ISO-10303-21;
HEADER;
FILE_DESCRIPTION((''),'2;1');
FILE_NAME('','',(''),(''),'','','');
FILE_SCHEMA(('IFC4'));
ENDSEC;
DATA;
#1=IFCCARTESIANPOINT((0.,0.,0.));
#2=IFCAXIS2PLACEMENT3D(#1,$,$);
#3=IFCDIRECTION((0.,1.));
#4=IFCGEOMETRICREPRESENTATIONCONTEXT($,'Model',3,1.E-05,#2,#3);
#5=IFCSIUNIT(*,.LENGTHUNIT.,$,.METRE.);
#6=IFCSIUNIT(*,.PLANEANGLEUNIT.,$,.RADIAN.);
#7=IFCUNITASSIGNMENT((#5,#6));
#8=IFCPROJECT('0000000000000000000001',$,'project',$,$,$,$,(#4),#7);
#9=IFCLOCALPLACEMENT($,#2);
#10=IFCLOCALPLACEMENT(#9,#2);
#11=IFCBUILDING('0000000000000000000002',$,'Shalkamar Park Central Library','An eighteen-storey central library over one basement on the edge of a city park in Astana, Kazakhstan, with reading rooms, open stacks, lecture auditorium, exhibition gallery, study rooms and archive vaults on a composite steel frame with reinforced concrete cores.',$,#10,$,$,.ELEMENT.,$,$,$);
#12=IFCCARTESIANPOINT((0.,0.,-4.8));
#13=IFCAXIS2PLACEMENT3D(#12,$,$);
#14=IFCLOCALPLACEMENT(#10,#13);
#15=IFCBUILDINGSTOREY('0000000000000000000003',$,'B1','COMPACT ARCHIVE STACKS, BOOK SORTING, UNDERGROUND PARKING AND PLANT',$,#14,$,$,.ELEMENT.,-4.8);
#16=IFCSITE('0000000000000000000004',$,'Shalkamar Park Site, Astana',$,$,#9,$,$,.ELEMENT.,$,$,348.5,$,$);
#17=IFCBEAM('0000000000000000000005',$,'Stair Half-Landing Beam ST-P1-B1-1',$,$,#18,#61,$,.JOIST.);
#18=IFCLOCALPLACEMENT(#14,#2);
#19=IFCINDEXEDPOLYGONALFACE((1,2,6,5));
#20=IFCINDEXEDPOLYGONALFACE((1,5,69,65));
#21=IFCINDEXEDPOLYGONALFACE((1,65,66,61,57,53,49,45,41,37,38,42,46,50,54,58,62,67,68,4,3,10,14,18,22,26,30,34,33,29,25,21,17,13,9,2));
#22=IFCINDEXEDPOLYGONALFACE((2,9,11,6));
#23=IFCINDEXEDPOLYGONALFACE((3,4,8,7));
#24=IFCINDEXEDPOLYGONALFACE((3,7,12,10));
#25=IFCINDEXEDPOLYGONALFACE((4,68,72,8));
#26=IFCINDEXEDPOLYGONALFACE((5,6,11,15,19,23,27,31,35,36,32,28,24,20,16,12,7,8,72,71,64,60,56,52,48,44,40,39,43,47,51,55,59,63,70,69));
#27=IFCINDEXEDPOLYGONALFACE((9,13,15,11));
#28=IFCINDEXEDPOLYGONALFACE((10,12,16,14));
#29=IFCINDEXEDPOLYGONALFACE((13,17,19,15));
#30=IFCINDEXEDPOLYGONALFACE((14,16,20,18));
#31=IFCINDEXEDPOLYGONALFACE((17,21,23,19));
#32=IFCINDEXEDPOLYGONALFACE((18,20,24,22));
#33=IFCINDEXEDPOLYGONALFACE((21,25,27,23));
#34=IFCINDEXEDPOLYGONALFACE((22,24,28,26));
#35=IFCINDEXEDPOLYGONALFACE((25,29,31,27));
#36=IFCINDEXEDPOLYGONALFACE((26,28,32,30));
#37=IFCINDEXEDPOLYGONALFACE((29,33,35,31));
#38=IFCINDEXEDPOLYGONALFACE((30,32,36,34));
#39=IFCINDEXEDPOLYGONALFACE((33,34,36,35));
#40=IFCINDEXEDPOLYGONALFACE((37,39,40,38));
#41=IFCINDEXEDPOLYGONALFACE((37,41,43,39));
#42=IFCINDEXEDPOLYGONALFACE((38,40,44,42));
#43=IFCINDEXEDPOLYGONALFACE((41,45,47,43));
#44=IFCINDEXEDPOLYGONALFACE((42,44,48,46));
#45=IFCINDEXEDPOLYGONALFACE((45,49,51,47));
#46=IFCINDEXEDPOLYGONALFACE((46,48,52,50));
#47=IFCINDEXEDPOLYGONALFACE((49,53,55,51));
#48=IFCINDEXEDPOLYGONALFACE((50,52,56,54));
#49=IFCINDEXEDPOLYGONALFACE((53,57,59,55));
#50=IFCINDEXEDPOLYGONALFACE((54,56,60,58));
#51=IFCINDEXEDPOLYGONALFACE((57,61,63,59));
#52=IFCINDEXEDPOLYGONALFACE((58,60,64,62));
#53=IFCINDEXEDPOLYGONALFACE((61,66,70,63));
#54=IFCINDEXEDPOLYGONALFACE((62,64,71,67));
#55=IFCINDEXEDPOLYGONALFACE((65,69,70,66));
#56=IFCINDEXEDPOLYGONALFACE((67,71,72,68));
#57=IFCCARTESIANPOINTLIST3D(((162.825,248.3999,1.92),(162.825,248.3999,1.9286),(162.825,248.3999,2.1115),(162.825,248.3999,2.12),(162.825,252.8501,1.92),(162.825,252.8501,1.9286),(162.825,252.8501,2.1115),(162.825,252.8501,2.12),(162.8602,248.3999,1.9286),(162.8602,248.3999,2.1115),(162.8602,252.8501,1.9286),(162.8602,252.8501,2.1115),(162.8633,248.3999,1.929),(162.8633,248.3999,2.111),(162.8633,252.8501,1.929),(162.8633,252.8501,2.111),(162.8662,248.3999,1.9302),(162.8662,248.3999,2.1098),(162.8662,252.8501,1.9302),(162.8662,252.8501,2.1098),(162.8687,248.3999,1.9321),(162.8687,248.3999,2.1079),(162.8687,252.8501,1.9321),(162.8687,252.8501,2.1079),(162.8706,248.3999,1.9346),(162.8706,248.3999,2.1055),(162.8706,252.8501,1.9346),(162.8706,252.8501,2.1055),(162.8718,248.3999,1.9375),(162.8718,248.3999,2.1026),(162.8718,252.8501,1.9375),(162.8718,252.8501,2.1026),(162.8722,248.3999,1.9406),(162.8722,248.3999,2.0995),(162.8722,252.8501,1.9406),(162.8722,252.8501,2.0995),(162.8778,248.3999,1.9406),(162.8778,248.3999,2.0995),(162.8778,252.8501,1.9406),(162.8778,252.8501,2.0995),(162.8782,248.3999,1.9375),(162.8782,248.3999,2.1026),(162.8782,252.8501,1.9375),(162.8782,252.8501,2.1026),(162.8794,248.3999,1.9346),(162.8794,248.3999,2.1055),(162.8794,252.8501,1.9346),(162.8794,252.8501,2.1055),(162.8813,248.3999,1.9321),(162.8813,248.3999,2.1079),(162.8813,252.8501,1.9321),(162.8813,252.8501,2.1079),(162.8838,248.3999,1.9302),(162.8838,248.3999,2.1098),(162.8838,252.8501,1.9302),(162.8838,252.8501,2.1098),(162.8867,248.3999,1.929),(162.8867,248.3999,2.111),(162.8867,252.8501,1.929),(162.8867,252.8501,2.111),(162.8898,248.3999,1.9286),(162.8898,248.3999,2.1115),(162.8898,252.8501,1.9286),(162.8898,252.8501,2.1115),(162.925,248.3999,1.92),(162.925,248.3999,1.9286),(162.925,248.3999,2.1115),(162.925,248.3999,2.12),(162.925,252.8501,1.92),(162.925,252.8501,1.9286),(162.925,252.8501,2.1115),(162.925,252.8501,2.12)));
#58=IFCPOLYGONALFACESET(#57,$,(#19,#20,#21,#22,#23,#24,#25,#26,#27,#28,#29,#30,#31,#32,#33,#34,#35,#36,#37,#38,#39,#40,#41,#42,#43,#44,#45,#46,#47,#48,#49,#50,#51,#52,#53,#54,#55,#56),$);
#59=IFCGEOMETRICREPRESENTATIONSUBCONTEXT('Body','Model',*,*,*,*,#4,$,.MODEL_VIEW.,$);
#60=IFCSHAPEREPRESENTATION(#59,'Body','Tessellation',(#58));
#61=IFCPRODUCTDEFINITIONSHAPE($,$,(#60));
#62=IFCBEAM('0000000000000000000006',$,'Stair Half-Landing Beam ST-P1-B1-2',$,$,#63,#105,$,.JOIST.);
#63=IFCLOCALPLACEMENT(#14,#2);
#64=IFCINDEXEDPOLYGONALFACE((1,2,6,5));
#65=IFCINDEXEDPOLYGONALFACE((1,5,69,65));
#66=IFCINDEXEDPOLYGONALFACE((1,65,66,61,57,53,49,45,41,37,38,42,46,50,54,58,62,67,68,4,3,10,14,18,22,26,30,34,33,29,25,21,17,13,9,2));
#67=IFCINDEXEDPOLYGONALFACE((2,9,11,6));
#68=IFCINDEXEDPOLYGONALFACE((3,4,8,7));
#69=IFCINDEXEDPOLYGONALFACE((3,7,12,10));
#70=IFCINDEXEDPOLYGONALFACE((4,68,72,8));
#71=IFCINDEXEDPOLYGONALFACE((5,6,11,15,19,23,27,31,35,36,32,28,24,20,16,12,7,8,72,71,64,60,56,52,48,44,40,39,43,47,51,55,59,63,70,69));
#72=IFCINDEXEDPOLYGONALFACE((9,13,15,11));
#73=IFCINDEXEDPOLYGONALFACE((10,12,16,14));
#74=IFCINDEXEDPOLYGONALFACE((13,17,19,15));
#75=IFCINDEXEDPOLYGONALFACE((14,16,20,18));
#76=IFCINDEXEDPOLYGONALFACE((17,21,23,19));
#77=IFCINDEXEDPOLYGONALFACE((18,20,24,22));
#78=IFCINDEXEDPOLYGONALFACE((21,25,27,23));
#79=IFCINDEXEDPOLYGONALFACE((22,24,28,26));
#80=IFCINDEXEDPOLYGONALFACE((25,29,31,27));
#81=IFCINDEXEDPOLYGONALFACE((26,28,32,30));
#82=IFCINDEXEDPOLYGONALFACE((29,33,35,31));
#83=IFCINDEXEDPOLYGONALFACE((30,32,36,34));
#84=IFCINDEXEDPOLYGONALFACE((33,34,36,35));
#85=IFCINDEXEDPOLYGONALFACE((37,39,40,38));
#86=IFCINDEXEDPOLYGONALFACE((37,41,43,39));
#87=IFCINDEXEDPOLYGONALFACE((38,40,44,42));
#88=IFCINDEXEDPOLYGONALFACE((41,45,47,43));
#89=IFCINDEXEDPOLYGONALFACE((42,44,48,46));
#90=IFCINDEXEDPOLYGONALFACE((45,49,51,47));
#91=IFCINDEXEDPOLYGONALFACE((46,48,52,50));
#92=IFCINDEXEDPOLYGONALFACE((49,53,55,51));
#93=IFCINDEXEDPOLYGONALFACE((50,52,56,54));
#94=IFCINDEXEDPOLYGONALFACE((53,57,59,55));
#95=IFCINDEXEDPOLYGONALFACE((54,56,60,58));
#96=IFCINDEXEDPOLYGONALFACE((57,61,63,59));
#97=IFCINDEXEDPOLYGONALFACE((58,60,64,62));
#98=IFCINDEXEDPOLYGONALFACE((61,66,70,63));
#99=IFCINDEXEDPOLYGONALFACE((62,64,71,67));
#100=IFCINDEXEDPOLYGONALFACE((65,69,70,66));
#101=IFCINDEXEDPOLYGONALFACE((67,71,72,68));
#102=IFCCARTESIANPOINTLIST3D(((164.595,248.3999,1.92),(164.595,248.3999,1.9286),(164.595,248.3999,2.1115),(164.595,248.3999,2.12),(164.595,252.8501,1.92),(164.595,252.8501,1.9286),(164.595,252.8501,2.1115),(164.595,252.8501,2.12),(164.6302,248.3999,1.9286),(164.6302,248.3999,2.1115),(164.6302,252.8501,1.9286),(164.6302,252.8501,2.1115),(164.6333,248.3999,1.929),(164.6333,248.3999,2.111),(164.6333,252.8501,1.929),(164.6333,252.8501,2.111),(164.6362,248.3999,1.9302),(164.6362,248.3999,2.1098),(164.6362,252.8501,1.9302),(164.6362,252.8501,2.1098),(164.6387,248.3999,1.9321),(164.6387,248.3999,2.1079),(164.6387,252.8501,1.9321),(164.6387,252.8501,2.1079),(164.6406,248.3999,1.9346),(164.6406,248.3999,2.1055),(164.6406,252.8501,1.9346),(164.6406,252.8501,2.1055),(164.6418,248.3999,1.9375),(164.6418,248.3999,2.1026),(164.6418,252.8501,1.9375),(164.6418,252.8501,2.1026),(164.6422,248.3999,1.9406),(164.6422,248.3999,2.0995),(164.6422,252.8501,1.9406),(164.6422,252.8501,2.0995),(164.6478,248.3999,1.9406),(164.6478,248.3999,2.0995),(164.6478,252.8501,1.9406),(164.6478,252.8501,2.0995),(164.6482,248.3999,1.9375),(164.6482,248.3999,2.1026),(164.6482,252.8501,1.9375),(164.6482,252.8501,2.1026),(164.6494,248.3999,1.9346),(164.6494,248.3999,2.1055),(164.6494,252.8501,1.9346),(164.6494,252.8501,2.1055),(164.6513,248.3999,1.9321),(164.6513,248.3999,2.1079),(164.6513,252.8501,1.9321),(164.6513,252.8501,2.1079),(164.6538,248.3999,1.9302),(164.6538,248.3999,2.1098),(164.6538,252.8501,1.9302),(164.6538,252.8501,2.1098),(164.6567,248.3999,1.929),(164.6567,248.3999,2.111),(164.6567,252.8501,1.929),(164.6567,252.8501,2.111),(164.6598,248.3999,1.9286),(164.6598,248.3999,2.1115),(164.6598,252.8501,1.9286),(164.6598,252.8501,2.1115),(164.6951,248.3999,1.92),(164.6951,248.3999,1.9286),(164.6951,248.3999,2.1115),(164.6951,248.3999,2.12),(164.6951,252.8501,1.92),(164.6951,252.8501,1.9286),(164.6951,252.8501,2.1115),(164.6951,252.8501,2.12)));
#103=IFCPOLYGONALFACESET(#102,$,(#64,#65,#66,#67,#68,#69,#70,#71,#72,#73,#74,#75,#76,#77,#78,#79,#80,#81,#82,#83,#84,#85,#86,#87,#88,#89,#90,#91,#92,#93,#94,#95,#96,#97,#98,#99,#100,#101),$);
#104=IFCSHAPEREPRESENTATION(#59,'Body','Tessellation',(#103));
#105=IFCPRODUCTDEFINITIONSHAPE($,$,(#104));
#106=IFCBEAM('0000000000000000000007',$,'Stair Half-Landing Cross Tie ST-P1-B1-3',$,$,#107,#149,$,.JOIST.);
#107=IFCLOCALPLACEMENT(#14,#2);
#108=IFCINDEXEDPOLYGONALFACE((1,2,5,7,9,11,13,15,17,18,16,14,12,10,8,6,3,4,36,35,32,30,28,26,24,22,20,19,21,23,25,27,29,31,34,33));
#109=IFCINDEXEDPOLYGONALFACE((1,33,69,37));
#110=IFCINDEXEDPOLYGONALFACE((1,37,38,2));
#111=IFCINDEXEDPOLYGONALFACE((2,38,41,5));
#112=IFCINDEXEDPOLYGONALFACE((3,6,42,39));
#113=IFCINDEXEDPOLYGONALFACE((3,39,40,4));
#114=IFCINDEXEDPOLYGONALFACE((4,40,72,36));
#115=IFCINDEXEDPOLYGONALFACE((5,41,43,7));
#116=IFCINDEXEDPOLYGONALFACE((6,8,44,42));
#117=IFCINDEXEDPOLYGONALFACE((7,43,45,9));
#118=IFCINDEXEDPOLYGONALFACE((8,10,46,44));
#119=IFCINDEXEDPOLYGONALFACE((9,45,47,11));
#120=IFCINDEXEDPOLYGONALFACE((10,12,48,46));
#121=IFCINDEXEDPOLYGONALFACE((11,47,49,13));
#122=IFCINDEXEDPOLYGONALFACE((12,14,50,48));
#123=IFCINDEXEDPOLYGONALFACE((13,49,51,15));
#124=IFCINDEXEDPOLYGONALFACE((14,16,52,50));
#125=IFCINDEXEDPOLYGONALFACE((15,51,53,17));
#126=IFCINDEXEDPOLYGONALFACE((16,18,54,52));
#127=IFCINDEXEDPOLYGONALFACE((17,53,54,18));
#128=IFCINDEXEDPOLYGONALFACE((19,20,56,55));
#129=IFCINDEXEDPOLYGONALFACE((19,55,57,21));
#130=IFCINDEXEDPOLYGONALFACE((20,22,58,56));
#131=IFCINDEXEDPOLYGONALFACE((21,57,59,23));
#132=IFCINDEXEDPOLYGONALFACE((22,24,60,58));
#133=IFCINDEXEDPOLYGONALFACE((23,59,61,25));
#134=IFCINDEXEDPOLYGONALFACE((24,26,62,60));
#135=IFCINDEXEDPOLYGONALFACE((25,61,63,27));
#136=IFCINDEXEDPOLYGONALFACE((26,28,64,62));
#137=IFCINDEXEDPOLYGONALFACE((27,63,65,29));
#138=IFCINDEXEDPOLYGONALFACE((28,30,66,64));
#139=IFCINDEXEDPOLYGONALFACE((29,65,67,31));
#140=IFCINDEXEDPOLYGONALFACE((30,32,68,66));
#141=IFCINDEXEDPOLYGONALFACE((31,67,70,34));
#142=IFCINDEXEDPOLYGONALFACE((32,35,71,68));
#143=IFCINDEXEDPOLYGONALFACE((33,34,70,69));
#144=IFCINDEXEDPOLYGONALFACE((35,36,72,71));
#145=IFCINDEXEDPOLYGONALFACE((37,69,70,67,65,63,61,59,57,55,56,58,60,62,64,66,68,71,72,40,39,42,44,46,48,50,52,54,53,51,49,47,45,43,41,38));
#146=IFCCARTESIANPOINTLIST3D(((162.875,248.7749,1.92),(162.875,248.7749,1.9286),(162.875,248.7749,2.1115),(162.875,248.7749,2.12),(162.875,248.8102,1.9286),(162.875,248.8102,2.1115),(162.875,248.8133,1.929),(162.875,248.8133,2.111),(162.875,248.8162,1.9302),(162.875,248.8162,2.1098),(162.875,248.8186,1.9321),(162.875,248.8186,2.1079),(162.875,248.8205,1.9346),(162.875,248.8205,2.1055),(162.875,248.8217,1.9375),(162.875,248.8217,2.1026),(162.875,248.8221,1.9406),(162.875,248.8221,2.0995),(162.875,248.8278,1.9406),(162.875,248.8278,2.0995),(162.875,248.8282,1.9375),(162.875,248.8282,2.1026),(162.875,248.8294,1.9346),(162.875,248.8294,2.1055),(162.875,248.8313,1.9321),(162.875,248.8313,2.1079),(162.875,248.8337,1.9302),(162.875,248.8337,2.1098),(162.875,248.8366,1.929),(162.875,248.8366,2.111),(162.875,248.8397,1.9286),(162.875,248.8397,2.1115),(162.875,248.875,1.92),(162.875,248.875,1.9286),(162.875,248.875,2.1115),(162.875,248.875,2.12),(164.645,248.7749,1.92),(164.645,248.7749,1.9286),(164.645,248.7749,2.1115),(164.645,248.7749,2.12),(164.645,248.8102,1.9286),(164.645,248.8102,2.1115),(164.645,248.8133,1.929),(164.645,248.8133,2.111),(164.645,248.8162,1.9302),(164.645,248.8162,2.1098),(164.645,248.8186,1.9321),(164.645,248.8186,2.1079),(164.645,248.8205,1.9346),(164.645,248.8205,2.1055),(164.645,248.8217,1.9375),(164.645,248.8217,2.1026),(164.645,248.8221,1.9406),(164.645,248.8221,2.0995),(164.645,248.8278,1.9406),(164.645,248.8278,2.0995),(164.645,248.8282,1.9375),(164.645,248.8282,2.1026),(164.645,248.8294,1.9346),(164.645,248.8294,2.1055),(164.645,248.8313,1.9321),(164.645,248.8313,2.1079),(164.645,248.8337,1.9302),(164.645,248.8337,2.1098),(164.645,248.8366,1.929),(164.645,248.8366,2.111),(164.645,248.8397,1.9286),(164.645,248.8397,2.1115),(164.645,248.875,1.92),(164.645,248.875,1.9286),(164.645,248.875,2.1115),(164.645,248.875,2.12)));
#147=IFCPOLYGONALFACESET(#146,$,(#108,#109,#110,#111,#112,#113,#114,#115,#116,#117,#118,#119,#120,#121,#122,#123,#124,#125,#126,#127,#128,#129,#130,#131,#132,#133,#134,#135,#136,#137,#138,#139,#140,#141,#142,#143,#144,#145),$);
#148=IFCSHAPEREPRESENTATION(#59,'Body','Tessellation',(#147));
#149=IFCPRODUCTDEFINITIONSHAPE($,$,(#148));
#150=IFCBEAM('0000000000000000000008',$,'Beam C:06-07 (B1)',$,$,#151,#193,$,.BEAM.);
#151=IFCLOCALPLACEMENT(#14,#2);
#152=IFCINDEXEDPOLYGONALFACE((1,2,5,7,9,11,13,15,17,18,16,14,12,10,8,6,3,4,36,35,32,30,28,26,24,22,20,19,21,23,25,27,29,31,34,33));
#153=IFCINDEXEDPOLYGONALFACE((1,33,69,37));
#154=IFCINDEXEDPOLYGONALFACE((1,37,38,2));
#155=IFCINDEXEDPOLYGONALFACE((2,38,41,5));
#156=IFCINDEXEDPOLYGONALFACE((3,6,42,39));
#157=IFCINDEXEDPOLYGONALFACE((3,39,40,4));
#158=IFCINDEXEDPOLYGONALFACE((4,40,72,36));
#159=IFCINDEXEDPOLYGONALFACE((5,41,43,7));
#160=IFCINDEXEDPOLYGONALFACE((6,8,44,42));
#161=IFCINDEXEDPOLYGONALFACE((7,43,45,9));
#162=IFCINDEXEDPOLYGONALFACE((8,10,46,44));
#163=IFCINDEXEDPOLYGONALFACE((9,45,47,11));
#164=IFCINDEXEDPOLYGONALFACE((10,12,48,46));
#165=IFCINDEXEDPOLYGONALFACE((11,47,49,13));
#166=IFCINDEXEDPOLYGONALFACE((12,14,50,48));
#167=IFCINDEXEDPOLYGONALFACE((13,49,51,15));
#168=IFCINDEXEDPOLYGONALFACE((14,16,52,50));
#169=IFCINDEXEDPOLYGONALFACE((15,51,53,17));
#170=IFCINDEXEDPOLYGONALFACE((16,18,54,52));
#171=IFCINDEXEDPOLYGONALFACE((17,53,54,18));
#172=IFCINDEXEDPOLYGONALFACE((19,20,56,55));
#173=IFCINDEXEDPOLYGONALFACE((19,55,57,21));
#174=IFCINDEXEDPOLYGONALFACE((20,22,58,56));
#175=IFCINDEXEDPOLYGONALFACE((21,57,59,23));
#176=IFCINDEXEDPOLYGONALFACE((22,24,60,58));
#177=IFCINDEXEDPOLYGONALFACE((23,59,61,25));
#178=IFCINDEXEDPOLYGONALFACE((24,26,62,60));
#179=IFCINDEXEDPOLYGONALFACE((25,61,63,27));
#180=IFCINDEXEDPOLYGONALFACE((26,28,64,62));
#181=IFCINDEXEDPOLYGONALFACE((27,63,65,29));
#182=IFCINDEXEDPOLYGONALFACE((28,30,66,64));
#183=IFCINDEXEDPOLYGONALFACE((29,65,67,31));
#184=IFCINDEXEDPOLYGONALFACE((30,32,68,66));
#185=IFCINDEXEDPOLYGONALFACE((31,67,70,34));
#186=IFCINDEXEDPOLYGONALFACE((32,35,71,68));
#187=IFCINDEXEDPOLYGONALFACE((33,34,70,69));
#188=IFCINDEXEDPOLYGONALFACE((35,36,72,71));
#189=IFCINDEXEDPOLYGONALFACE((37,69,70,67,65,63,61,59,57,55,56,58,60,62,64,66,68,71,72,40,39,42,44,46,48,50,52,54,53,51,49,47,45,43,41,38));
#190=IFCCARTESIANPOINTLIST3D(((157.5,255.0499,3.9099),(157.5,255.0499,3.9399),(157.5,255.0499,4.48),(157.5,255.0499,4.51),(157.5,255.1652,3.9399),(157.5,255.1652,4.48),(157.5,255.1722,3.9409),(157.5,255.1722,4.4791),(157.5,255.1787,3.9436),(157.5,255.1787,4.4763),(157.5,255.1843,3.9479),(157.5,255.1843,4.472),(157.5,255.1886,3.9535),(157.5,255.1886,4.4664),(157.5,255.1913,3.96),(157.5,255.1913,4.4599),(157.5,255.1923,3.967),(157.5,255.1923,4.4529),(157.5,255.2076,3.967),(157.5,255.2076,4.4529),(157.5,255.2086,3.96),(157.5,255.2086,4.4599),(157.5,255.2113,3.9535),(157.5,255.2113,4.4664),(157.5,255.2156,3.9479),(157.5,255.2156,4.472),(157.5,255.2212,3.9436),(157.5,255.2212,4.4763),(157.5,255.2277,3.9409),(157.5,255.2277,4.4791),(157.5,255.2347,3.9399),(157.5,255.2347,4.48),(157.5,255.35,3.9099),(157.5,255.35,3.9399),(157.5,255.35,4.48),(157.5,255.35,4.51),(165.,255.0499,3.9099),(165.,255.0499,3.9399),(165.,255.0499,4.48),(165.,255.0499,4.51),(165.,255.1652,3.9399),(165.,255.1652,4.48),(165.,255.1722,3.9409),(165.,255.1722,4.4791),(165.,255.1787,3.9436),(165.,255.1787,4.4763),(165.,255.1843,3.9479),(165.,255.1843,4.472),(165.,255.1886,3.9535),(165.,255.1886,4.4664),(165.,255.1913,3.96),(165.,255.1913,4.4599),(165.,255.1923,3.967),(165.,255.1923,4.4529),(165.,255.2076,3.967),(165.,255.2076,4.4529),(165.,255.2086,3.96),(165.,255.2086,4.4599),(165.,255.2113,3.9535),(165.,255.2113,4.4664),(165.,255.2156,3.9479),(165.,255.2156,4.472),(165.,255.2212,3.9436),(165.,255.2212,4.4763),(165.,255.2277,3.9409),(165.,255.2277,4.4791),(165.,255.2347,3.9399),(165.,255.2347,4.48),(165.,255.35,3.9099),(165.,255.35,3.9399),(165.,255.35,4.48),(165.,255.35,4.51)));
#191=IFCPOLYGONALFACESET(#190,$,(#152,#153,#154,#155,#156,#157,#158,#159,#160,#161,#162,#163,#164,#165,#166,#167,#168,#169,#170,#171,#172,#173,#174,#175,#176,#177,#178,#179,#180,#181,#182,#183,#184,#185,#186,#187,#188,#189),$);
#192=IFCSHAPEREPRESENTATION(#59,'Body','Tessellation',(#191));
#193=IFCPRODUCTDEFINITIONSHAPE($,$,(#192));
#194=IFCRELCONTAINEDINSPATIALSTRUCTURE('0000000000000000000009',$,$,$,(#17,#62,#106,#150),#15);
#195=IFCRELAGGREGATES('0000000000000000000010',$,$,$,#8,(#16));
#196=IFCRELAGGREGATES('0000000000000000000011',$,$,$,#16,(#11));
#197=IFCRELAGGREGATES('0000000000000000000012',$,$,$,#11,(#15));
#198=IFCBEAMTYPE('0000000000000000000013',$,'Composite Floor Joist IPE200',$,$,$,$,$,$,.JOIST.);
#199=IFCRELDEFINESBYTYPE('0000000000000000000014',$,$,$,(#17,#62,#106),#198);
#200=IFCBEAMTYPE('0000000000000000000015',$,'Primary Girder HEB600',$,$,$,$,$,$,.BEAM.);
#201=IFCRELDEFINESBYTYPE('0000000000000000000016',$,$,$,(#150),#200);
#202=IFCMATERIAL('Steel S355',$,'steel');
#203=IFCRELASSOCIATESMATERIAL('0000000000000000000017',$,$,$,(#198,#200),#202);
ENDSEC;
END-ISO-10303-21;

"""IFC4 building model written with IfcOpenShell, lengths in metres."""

from ifc_helpers import new_model, si_unit, direction, frame, origin, origin_2d, place, context, subcontext, project, spatial, i_section, extrude, material, material_profile, profile_set, type_object, element, save


model = new_model("IFC4")

# Units and contexts
model_context = context("Model", 3, precision=1e-05, world=origin(), true_north=direction((0.0, 1.0)))
body_context = subcontext(model_context, "Body", "Model", "MODEL_VIEW")
ifc_project = project(units=[si_unit("LENGTHUNIT", "METRE"), si_unit("PLANEANGLEUNIT", "RADIAN")], contexts=[model_context])

# Site, building, storey
site_placement = place(None, origin())
site = spatial("IfcSite", under=ifc_project, at=site_placement, Name="Shalkamar Park Site, Astana", CompositionType="ELEMENT", RefElevation=348.5)
building_placement = place(site_placement, origin())
building = spatial("IfcBuilding", under=site, at=building_placement, Name="Shalkamar Park Central Library", Description="An eighteen-storey central library over one basement on the edge of a city park in Astana, Kazakhstan, with reading rooms, open stacks, lecture auditorium, exhibition gallery, study rooms and archive vaults on a composite steel frame with reinforced concrete cores.", CompositionType="ELEMENT")
storey_placement = place(building_placement, frame((0.0, 0.0, -4.8)))
storey = spatial("IfcBuildingStorey", under=building, at=storey_placement, Name="B1", Description="COMPACT ARCHIVE STACKS, BOOK SORTING, UNDERGROUND PARKING AND PLANT", CompositionType="ELEMENT", Elevation=-4.8)

# Shared definitions
ifc_material_1 = material(Name="Steel S355", Category="steel")

# Beams
ifc_material_profile_1 = material_profile(ifc_material_1, i_section(OverallWidth=0.1001, OverallDepth=0.2, WebThickness=0.0056, FlangeThickness=0.0085, FilletRadius=0.012, at=origin_2d()), Name="IPE 200")
ifc_profile_set_1 = profile_set([ifc_material_profile_1], Name="Steel S355")
beam_type_1 = type_object("IfcBeamType", Name="Composite Floor Joist IPE200", PredefinedType="JOIST", material=ifc_profile_set_1)
for number, where, z_axis, x_axis, name in (
    (1, (162.875, 248.3999, 2.02), (0.0, 1.0, 0.0), (-1.0, 0.0, 0.0), "Stair Half-Landing Beam ST-P1-B1-1"),
    (2, (164.645, 248.3999, 2.02), (0.0, 1.0, 0.0), (-1.0, 0.0, 0.0), "Stair Half-Landing Beam ST-P1-B1-2"),
):
    element("IfcBeam", number, at=place(storey_placement, frame(where, z_axis=z_axis, x_axis=x_axis)), inside=storey, type_object=beam_type_1, Name=name, PredefinedType="JOIST", context=body_context, shape_type="SweptSolid", body=[
        extrude(i_section(OverallWidth=0.1001, OverallDepth=0.2, WebThickness=0.0056, FlangeThickness=0.0085, FilletRadius=0.012, at=origin_2d()), origin(), (0.0, 0.0, 1.0), 4.4502),
    ])
beam_1_placement = place(storey_placement, frame((162.875, 248.825, 2.02), z_axis=(1.0, 0.0, 0.0), x_axis=(0.0, 1.0, 0.0)))
element("IfcBeam", 3, at=beam_1_placement, inside=storey, type_object=beam_type_1, Name="Stair Half-Landing Cross Tie ST-P1-B1-3", PredefinedType="JOIST", context=body_context, shape_type="SweptSolid", body=[
    extrude(i_section(OverallWidth=0.1001, OverallDepth=0.2, WebThickness=0.0056, FlangeThickness=0.0085, FilletRadius=0.012, at=origin_2d()), origin(), (0.0, 0.0, 1.0), 1.77),
])
ifc_material_profile_2 = material_profile(ifc_material_1, i_section(OverallWidth=0.3, OverallDepth=0.6001, WebThickness=0.0154, FlangeThickness=0.03, FilletRadius=0.0271, at=origin_2d()), Name="HEB 600")
ifc_profile_set_2 = profile_set([ifc_material_profile_2], Name="Steel S355")
beam_type_2 = type_object("IfcBeamType", Name="Primary Girder HEB600", PredefinedType="BEAM", material=ifc_profile_set_2)
beam_2_placement = place(storey_placement, frame((157.5, 255.2, 4.21), z_axis=(1.0, 0.0, 0.0), x_axis=(0.0, 1.0, 0.0)))
element("IfcBeam", 4, at=beam_2_placement, inside=storey, type_object=beam_type_2, Name="Beam C:06-07 (B1)", PredefinedType="BEAM", context=body_context, shape_type="SweptSolid", body=[
    extrude(i_section(OverallWidth=0.3, OverallDepth=0.6001, WebThickness=0.0154, FlangeThickness=0.03, FilletRadius=0.0271, at=origin_2d()), origin(), (0.0, 0.0, 1.0), 7.5),
])

save(model, "model.ifc")
